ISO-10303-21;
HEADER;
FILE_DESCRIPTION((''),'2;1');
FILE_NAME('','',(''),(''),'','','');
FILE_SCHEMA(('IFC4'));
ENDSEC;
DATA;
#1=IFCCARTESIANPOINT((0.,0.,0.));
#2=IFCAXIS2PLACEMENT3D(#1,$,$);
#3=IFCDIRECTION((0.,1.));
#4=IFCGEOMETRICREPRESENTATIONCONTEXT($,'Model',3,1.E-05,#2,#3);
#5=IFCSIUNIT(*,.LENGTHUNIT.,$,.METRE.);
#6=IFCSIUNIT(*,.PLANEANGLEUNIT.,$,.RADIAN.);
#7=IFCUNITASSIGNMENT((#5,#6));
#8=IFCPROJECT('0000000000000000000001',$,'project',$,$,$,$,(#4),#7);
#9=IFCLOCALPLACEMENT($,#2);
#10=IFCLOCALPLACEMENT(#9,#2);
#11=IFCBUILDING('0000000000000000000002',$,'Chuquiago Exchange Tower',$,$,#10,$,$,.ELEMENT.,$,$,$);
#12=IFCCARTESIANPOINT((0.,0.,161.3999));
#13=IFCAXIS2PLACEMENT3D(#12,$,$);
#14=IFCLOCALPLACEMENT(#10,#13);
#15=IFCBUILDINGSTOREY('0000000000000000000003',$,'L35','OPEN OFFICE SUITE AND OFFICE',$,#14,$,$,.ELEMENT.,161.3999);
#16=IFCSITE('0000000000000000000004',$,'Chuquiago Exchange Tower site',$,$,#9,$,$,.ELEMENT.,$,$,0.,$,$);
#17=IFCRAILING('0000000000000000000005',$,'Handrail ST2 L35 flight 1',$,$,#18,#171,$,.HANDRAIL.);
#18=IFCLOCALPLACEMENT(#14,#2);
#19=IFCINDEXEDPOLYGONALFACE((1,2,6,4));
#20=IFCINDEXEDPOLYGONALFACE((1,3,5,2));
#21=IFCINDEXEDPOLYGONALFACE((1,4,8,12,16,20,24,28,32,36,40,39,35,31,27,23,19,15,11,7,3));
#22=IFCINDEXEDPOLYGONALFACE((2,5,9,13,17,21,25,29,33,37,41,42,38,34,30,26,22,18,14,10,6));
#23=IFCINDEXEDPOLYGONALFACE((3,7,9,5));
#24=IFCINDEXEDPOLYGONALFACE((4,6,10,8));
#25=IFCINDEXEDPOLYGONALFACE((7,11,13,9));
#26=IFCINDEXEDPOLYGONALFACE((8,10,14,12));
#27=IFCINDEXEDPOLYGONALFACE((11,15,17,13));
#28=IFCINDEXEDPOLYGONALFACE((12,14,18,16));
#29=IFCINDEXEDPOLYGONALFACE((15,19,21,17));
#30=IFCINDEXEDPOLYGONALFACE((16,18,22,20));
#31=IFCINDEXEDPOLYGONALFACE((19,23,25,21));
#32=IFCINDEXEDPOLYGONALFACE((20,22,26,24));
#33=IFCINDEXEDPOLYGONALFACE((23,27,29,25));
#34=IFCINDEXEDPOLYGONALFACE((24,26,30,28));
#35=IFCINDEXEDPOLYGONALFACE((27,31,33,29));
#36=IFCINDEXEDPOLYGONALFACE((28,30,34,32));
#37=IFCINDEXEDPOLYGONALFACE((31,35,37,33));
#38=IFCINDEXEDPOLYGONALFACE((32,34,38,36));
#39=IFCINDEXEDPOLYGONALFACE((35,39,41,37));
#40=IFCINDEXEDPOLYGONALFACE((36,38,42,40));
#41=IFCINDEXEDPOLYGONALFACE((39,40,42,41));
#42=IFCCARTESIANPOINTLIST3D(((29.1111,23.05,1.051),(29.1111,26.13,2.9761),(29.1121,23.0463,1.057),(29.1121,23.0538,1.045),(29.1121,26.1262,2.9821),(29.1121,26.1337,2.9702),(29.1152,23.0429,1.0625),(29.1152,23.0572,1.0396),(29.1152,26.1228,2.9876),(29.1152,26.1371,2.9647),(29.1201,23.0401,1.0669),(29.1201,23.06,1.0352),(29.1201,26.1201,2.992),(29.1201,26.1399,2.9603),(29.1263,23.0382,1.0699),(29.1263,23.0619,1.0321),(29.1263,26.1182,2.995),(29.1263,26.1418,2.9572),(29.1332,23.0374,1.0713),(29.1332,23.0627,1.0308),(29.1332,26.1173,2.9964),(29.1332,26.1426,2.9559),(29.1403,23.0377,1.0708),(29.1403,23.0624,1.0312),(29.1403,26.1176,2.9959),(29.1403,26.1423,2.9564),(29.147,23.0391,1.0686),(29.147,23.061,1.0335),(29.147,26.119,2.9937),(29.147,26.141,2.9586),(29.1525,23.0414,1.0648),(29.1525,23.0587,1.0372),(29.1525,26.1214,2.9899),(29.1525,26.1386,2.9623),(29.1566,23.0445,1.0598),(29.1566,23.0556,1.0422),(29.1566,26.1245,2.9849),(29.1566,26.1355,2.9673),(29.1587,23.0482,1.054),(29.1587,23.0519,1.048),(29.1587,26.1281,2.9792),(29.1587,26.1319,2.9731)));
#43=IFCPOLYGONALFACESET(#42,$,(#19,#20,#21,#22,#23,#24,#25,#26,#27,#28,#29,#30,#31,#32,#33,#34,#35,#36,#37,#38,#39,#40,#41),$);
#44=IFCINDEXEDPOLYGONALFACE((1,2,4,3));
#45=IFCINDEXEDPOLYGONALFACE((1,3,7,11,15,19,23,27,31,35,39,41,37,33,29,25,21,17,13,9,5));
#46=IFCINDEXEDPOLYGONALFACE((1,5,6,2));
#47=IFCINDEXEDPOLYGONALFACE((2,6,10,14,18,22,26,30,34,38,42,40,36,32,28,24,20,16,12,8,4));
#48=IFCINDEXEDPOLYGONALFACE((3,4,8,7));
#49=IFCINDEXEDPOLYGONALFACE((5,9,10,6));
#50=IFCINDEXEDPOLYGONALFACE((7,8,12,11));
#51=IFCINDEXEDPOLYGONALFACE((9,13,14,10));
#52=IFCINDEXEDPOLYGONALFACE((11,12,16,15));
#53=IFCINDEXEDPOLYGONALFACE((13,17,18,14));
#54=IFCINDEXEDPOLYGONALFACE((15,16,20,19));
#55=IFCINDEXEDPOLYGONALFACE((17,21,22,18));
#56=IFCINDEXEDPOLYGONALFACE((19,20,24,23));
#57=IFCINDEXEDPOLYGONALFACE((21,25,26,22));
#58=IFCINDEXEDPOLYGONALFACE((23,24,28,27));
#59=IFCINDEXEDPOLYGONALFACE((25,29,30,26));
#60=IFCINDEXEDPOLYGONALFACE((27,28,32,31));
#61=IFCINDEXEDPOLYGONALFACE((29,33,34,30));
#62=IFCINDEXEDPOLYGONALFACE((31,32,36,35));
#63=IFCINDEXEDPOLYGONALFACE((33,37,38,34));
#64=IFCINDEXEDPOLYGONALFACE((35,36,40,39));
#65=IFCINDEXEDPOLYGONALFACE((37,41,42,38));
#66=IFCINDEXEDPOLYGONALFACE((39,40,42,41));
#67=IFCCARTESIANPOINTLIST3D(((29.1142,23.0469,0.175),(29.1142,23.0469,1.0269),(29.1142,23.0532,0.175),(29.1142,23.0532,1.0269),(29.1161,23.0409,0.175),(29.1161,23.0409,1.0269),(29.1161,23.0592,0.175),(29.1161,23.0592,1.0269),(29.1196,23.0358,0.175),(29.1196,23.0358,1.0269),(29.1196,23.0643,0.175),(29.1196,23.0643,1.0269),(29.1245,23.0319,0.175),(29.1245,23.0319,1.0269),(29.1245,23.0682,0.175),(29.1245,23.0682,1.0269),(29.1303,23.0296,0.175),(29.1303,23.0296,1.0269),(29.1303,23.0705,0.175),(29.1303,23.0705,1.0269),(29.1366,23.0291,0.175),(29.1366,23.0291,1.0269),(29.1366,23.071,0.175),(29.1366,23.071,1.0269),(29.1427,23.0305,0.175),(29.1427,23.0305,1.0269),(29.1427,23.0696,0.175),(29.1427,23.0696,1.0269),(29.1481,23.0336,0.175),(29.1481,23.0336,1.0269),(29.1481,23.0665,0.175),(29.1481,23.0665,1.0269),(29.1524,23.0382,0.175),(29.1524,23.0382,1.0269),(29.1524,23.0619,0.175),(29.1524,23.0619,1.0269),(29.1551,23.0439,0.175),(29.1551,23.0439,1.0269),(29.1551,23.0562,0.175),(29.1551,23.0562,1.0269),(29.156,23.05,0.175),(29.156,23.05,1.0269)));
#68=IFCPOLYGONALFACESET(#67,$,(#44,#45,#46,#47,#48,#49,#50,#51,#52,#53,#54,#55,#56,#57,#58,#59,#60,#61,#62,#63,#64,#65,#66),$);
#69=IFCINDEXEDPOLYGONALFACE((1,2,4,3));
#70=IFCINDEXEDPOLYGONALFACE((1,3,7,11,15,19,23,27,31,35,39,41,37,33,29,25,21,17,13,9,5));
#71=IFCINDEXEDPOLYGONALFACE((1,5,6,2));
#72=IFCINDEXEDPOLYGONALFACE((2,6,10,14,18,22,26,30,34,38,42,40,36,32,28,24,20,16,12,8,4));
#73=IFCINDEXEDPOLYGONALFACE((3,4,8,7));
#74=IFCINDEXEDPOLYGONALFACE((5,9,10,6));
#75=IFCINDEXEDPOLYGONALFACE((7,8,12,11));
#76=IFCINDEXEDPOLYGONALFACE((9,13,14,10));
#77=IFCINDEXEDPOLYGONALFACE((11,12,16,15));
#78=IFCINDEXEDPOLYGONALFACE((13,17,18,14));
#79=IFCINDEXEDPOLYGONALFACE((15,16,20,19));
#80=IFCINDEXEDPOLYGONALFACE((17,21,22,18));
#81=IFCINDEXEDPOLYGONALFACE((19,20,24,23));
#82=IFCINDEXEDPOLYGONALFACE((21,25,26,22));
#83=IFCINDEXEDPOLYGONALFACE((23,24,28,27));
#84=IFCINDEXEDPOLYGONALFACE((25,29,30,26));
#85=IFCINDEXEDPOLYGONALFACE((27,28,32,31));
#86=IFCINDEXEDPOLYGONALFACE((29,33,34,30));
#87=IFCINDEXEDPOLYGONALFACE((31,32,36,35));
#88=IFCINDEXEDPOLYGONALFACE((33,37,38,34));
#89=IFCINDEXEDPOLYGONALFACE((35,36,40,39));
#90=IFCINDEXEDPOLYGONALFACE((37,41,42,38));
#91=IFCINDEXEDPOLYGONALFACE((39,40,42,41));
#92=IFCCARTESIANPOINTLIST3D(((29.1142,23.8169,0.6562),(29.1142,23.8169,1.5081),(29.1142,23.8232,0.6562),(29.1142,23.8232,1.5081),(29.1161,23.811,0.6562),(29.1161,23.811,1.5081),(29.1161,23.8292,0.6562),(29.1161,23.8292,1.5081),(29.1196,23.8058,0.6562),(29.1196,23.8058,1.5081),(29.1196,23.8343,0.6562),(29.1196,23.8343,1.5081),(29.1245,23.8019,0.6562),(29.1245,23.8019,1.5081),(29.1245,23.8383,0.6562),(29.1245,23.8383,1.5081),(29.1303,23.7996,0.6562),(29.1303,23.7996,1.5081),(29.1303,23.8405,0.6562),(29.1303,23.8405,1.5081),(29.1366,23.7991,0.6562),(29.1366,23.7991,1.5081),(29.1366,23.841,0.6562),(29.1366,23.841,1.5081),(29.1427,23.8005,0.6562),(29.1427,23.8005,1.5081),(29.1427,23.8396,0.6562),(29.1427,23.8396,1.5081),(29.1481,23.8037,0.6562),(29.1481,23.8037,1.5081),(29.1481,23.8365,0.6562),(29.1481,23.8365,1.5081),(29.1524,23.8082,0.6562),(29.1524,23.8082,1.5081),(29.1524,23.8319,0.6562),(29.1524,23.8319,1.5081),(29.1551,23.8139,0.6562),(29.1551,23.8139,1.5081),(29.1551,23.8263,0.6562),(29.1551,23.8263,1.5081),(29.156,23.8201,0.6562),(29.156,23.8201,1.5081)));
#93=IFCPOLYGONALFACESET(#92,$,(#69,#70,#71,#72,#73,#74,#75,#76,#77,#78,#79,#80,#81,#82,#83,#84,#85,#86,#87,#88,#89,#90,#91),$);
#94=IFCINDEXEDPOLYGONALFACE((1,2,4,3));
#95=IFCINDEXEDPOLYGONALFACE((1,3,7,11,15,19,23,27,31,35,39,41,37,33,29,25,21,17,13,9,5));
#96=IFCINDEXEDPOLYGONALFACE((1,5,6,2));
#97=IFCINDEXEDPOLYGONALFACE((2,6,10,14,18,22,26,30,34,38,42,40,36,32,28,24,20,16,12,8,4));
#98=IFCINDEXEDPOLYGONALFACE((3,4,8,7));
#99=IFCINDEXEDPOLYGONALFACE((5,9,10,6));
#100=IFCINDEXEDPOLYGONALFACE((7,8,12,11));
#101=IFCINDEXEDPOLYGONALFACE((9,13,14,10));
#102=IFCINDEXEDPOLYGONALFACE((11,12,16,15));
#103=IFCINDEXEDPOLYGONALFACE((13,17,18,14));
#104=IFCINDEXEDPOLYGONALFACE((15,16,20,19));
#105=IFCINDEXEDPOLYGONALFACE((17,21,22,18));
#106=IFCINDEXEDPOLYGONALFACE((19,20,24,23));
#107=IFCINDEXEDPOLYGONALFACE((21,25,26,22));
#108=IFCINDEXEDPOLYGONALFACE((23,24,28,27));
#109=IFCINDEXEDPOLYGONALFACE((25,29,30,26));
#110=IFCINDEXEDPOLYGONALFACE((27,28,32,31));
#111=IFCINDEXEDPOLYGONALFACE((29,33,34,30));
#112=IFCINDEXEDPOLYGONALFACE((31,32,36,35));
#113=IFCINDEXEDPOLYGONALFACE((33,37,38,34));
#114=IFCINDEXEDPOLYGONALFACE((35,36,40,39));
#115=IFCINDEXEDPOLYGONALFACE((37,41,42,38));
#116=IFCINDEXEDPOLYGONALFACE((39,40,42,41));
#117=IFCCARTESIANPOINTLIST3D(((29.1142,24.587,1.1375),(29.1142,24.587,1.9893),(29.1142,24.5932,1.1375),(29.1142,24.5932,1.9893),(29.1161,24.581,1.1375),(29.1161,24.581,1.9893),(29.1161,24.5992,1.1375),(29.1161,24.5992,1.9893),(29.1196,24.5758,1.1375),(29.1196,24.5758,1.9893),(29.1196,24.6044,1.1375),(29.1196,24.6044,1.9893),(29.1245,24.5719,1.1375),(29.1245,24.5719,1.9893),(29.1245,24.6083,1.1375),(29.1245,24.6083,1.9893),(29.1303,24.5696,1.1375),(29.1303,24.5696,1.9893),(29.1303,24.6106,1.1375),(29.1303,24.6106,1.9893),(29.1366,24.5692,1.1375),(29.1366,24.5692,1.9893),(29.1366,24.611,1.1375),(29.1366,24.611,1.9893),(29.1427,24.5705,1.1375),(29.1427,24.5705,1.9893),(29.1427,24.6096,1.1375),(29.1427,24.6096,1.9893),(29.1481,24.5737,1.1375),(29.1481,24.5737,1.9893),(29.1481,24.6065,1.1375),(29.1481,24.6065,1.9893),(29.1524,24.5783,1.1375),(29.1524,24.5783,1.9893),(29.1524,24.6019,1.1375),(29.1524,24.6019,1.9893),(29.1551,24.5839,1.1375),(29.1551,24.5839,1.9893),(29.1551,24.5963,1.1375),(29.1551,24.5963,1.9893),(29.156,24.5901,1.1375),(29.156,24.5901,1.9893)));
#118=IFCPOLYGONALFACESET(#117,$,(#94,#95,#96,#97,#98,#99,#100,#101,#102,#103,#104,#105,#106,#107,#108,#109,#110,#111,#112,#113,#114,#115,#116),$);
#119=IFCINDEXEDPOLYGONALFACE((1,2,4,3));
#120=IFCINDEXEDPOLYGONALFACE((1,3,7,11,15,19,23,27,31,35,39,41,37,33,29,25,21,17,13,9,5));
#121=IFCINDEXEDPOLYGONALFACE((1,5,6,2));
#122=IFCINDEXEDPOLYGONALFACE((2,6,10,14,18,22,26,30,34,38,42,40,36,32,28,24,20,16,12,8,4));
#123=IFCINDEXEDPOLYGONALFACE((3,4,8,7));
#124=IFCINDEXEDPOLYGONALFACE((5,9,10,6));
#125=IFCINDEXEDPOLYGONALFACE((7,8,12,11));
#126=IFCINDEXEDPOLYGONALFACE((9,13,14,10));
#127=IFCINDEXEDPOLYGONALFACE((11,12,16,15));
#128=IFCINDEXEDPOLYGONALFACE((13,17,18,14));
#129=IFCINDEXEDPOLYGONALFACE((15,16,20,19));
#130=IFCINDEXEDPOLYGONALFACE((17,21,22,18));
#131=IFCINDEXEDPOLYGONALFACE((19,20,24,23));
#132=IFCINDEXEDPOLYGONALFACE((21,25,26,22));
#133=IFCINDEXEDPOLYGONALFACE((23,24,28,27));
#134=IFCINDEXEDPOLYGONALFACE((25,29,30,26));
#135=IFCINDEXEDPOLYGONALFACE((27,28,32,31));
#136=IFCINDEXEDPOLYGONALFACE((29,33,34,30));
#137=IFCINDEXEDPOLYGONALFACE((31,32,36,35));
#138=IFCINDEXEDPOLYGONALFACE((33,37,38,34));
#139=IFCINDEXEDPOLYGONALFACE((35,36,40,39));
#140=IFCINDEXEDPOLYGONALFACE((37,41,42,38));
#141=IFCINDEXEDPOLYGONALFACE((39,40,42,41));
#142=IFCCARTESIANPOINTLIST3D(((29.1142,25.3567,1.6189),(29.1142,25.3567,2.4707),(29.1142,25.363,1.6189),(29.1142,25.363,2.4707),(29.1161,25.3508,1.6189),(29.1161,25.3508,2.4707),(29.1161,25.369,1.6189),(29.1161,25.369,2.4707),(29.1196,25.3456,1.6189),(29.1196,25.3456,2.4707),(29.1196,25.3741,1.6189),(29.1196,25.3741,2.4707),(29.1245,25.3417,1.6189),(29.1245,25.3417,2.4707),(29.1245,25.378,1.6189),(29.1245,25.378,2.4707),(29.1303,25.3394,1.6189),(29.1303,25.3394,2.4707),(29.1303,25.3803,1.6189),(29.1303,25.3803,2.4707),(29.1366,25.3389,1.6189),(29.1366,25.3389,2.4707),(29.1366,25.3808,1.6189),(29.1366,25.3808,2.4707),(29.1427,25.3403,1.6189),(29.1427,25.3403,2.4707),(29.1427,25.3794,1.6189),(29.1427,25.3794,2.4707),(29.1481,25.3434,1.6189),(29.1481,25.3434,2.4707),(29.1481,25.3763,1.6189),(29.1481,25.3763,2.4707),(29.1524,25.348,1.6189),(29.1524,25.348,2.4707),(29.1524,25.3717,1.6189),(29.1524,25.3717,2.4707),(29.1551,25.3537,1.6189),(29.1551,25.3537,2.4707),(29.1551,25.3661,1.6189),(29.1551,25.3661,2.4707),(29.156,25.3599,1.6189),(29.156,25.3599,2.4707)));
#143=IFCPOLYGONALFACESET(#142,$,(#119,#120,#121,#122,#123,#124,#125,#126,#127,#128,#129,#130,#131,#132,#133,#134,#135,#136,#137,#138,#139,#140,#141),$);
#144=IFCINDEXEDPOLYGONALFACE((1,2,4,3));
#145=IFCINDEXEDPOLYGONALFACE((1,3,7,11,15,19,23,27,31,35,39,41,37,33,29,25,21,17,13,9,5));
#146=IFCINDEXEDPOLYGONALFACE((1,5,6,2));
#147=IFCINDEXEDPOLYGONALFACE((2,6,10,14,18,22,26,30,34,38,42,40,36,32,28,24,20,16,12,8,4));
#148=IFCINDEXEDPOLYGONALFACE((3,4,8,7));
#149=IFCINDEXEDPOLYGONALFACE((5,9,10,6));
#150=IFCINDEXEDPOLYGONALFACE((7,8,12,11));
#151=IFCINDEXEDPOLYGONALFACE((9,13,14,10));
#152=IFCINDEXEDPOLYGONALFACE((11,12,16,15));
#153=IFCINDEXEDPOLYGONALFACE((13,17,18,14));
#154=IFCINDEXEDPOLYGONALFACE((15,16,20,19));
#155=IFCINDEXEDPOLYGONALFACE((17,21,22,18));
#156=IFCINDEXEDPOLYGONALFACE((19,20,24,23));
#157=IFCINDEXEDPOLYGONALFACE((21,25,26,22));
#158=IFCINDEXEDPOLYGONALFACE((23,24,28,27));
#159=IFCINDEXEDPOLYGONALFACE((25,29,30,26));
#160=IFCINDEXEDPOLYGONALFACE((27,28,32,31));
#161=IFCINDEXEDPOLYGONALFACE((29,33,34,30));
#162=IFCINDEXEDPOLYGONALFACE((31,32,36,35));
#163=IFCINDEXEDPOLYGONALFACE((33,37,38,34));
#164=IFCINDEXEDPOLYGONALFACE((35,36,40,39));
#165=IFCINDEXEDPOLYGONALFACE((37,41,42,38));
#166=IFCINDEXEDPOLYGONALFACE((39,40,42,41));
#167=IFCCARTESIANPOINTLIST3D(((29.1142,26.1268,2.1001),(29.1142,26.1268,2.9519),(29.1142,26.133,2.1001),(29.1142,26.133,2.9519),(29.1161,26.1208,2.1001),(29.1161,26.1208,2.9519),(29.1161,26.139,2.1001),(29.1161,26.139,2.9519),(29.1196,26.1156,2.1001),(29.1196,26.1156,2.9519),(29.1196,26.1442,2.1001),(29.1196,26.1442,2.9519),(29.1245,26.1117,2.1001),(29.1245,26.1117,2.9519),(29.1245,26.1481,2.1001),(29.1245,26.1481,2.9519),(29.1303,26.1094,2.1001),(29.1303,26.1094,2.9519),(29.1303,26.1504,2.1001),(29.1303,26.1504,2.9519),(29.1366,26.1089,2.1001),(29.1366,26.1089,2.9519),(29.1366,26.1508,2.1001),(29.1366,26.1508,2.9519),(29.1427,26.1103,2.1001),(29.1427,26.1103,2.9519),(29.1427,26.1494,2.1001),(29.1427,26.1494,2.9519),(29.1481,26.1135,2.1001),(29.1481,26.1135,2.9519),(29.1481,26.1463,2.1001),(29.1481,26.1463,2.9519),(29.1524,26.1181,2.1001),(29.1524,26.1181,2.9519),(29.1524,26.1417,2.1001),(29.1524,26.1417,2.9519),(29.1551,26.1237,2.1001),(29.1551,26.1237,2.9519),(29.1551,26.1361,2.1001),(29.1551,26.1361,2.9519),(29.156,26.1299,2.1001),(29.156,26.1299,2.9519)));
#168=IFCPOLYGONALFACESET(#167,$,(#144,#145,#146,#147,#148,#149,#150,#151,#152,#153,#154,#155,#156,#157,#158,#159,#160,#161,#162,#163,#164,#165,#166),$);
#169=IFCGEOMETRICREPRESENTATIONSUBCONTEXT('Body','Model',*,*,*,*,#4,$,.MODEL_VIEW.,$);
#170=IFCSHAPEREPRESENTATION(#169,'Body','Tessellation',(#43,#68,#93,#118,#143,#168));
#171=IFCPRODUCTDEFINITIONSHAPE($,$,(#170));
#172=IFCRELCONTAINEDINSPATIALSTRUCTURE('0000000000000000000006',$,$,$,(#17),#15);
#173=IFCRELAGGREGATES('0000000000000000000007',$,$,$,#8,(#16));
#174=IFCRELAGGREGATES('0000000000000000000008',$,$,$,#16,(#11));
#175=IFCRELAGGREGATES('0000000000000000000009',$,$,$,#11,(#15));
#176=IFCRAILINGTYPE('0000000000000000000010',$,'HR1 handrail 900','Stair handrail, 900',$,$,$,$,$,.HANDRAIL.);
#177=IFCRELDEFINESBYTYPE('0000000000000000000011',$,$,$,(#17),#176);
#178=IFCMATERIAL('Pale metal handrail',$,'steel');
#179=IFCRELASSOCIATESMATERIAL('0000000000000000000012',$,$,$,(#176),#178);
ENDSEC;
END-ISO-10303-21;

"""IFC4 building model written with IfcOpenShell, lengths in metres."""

from ifc_helpers import new_model, si_unit, direction, frame, origin, origin_2d, place, context, subcontext, project, spatial, circle, extrude, material, type_object, element, save


model = new_model("IFC4")

# Units and contexts
model_context = context("Model", 3, precision=1e-05, world=origin(), true_north=direction((0.0, 1.0)))
body_context = subcontext(model_context, "Body", "Model", "MODEL_VIEW")
ifc_project = project(units=[si_unit("LENGTHUNIT", "METRE"), si_unit("PLANEANGLEUNIT", "RADIAN")], contexts=[model_context])

# Site, building, storey
site_placement = place(None, origin())
site = spatial("IfcSite", under=ifc_project, at=site_placement, Name="Chuquiago Exchange Tower site", CompositionType="ELEMENT", RefElevation=0.0)
building_placement = place(site_placement, origin())
building = spatial("IfcBuilding", under=site, at=building_placement, Name="Chuquiago Exchange Tower", CompositionType="ELEMENT")
storey_placement = place(building_placement, frame((0.0, 0.0, 161.3999)))
storey = spatial("IfcBuildingStorey", under=building, at=storey_placement, Name="L35", Description="OPEN OFFICE SUITE AND OFFICE", CompositionType="ELEMENT", Elevation=161.3999)

# Railing
ifc_material_1 = material(Name="Pale metal handrail", Category="steel")
railing_type_1 = type_object("IfcRailingType", Name="HR1 handrail 900", Description="Stair handrail, 900", PredefinedType="HANDRAIL", material=ifc_material_1)
for number, where, name in (
    (1, (29.135, 23.05, 0.175), "Handrail ST2 L35 flight 1"),
):
    element("IfcRailing", number, at=place(storey_placement, frame(where)), inside=storey, type_object=railing_type_1, Name=name, PredefinedType="HANDRAIL", context=body_context, shape_type="SweptSolid", body=[
        extrude(circle(Radius=0.0239, at=origin_2d()), frame((0.0, 0.0, 0.876), z_axis=(0.0, 0.847979, 0.530029), x_axis=(-1.0, 0.0, 0.0)), (0.0, 0.0, 1.0), 3.6321),
        extrude(circle(Radius=0.021, at=origin_2d()), origin(), (0.0, 0.0, 1.0), 0.8518),
        extrude(circle(Radius=0.021, at=origin_2d()), frame((0.0, 0.77, 0.4812)), (0.0, 0.0, 1.0), 0.8518),
        extrude(circle(Radius=0.021, at=origin_2d()), frame((0.0, 1.54, 0.9624)), (0.0, 0.0, 1.0), 0.8518),
        extrude(circle(Radius=0.021, at=origin_2d()), frame((0.0, 2.3098, 1.4438)), (0.0, 0.0, 1.0), 0.8518),
        extrude(circle(Radius=0.021, at=origin_2d()), frame((0.0, 3.0798, 1.925)), (0.0, 0.0, 1.0), 0.8518),
    ])

save(model, "model.ifc")
